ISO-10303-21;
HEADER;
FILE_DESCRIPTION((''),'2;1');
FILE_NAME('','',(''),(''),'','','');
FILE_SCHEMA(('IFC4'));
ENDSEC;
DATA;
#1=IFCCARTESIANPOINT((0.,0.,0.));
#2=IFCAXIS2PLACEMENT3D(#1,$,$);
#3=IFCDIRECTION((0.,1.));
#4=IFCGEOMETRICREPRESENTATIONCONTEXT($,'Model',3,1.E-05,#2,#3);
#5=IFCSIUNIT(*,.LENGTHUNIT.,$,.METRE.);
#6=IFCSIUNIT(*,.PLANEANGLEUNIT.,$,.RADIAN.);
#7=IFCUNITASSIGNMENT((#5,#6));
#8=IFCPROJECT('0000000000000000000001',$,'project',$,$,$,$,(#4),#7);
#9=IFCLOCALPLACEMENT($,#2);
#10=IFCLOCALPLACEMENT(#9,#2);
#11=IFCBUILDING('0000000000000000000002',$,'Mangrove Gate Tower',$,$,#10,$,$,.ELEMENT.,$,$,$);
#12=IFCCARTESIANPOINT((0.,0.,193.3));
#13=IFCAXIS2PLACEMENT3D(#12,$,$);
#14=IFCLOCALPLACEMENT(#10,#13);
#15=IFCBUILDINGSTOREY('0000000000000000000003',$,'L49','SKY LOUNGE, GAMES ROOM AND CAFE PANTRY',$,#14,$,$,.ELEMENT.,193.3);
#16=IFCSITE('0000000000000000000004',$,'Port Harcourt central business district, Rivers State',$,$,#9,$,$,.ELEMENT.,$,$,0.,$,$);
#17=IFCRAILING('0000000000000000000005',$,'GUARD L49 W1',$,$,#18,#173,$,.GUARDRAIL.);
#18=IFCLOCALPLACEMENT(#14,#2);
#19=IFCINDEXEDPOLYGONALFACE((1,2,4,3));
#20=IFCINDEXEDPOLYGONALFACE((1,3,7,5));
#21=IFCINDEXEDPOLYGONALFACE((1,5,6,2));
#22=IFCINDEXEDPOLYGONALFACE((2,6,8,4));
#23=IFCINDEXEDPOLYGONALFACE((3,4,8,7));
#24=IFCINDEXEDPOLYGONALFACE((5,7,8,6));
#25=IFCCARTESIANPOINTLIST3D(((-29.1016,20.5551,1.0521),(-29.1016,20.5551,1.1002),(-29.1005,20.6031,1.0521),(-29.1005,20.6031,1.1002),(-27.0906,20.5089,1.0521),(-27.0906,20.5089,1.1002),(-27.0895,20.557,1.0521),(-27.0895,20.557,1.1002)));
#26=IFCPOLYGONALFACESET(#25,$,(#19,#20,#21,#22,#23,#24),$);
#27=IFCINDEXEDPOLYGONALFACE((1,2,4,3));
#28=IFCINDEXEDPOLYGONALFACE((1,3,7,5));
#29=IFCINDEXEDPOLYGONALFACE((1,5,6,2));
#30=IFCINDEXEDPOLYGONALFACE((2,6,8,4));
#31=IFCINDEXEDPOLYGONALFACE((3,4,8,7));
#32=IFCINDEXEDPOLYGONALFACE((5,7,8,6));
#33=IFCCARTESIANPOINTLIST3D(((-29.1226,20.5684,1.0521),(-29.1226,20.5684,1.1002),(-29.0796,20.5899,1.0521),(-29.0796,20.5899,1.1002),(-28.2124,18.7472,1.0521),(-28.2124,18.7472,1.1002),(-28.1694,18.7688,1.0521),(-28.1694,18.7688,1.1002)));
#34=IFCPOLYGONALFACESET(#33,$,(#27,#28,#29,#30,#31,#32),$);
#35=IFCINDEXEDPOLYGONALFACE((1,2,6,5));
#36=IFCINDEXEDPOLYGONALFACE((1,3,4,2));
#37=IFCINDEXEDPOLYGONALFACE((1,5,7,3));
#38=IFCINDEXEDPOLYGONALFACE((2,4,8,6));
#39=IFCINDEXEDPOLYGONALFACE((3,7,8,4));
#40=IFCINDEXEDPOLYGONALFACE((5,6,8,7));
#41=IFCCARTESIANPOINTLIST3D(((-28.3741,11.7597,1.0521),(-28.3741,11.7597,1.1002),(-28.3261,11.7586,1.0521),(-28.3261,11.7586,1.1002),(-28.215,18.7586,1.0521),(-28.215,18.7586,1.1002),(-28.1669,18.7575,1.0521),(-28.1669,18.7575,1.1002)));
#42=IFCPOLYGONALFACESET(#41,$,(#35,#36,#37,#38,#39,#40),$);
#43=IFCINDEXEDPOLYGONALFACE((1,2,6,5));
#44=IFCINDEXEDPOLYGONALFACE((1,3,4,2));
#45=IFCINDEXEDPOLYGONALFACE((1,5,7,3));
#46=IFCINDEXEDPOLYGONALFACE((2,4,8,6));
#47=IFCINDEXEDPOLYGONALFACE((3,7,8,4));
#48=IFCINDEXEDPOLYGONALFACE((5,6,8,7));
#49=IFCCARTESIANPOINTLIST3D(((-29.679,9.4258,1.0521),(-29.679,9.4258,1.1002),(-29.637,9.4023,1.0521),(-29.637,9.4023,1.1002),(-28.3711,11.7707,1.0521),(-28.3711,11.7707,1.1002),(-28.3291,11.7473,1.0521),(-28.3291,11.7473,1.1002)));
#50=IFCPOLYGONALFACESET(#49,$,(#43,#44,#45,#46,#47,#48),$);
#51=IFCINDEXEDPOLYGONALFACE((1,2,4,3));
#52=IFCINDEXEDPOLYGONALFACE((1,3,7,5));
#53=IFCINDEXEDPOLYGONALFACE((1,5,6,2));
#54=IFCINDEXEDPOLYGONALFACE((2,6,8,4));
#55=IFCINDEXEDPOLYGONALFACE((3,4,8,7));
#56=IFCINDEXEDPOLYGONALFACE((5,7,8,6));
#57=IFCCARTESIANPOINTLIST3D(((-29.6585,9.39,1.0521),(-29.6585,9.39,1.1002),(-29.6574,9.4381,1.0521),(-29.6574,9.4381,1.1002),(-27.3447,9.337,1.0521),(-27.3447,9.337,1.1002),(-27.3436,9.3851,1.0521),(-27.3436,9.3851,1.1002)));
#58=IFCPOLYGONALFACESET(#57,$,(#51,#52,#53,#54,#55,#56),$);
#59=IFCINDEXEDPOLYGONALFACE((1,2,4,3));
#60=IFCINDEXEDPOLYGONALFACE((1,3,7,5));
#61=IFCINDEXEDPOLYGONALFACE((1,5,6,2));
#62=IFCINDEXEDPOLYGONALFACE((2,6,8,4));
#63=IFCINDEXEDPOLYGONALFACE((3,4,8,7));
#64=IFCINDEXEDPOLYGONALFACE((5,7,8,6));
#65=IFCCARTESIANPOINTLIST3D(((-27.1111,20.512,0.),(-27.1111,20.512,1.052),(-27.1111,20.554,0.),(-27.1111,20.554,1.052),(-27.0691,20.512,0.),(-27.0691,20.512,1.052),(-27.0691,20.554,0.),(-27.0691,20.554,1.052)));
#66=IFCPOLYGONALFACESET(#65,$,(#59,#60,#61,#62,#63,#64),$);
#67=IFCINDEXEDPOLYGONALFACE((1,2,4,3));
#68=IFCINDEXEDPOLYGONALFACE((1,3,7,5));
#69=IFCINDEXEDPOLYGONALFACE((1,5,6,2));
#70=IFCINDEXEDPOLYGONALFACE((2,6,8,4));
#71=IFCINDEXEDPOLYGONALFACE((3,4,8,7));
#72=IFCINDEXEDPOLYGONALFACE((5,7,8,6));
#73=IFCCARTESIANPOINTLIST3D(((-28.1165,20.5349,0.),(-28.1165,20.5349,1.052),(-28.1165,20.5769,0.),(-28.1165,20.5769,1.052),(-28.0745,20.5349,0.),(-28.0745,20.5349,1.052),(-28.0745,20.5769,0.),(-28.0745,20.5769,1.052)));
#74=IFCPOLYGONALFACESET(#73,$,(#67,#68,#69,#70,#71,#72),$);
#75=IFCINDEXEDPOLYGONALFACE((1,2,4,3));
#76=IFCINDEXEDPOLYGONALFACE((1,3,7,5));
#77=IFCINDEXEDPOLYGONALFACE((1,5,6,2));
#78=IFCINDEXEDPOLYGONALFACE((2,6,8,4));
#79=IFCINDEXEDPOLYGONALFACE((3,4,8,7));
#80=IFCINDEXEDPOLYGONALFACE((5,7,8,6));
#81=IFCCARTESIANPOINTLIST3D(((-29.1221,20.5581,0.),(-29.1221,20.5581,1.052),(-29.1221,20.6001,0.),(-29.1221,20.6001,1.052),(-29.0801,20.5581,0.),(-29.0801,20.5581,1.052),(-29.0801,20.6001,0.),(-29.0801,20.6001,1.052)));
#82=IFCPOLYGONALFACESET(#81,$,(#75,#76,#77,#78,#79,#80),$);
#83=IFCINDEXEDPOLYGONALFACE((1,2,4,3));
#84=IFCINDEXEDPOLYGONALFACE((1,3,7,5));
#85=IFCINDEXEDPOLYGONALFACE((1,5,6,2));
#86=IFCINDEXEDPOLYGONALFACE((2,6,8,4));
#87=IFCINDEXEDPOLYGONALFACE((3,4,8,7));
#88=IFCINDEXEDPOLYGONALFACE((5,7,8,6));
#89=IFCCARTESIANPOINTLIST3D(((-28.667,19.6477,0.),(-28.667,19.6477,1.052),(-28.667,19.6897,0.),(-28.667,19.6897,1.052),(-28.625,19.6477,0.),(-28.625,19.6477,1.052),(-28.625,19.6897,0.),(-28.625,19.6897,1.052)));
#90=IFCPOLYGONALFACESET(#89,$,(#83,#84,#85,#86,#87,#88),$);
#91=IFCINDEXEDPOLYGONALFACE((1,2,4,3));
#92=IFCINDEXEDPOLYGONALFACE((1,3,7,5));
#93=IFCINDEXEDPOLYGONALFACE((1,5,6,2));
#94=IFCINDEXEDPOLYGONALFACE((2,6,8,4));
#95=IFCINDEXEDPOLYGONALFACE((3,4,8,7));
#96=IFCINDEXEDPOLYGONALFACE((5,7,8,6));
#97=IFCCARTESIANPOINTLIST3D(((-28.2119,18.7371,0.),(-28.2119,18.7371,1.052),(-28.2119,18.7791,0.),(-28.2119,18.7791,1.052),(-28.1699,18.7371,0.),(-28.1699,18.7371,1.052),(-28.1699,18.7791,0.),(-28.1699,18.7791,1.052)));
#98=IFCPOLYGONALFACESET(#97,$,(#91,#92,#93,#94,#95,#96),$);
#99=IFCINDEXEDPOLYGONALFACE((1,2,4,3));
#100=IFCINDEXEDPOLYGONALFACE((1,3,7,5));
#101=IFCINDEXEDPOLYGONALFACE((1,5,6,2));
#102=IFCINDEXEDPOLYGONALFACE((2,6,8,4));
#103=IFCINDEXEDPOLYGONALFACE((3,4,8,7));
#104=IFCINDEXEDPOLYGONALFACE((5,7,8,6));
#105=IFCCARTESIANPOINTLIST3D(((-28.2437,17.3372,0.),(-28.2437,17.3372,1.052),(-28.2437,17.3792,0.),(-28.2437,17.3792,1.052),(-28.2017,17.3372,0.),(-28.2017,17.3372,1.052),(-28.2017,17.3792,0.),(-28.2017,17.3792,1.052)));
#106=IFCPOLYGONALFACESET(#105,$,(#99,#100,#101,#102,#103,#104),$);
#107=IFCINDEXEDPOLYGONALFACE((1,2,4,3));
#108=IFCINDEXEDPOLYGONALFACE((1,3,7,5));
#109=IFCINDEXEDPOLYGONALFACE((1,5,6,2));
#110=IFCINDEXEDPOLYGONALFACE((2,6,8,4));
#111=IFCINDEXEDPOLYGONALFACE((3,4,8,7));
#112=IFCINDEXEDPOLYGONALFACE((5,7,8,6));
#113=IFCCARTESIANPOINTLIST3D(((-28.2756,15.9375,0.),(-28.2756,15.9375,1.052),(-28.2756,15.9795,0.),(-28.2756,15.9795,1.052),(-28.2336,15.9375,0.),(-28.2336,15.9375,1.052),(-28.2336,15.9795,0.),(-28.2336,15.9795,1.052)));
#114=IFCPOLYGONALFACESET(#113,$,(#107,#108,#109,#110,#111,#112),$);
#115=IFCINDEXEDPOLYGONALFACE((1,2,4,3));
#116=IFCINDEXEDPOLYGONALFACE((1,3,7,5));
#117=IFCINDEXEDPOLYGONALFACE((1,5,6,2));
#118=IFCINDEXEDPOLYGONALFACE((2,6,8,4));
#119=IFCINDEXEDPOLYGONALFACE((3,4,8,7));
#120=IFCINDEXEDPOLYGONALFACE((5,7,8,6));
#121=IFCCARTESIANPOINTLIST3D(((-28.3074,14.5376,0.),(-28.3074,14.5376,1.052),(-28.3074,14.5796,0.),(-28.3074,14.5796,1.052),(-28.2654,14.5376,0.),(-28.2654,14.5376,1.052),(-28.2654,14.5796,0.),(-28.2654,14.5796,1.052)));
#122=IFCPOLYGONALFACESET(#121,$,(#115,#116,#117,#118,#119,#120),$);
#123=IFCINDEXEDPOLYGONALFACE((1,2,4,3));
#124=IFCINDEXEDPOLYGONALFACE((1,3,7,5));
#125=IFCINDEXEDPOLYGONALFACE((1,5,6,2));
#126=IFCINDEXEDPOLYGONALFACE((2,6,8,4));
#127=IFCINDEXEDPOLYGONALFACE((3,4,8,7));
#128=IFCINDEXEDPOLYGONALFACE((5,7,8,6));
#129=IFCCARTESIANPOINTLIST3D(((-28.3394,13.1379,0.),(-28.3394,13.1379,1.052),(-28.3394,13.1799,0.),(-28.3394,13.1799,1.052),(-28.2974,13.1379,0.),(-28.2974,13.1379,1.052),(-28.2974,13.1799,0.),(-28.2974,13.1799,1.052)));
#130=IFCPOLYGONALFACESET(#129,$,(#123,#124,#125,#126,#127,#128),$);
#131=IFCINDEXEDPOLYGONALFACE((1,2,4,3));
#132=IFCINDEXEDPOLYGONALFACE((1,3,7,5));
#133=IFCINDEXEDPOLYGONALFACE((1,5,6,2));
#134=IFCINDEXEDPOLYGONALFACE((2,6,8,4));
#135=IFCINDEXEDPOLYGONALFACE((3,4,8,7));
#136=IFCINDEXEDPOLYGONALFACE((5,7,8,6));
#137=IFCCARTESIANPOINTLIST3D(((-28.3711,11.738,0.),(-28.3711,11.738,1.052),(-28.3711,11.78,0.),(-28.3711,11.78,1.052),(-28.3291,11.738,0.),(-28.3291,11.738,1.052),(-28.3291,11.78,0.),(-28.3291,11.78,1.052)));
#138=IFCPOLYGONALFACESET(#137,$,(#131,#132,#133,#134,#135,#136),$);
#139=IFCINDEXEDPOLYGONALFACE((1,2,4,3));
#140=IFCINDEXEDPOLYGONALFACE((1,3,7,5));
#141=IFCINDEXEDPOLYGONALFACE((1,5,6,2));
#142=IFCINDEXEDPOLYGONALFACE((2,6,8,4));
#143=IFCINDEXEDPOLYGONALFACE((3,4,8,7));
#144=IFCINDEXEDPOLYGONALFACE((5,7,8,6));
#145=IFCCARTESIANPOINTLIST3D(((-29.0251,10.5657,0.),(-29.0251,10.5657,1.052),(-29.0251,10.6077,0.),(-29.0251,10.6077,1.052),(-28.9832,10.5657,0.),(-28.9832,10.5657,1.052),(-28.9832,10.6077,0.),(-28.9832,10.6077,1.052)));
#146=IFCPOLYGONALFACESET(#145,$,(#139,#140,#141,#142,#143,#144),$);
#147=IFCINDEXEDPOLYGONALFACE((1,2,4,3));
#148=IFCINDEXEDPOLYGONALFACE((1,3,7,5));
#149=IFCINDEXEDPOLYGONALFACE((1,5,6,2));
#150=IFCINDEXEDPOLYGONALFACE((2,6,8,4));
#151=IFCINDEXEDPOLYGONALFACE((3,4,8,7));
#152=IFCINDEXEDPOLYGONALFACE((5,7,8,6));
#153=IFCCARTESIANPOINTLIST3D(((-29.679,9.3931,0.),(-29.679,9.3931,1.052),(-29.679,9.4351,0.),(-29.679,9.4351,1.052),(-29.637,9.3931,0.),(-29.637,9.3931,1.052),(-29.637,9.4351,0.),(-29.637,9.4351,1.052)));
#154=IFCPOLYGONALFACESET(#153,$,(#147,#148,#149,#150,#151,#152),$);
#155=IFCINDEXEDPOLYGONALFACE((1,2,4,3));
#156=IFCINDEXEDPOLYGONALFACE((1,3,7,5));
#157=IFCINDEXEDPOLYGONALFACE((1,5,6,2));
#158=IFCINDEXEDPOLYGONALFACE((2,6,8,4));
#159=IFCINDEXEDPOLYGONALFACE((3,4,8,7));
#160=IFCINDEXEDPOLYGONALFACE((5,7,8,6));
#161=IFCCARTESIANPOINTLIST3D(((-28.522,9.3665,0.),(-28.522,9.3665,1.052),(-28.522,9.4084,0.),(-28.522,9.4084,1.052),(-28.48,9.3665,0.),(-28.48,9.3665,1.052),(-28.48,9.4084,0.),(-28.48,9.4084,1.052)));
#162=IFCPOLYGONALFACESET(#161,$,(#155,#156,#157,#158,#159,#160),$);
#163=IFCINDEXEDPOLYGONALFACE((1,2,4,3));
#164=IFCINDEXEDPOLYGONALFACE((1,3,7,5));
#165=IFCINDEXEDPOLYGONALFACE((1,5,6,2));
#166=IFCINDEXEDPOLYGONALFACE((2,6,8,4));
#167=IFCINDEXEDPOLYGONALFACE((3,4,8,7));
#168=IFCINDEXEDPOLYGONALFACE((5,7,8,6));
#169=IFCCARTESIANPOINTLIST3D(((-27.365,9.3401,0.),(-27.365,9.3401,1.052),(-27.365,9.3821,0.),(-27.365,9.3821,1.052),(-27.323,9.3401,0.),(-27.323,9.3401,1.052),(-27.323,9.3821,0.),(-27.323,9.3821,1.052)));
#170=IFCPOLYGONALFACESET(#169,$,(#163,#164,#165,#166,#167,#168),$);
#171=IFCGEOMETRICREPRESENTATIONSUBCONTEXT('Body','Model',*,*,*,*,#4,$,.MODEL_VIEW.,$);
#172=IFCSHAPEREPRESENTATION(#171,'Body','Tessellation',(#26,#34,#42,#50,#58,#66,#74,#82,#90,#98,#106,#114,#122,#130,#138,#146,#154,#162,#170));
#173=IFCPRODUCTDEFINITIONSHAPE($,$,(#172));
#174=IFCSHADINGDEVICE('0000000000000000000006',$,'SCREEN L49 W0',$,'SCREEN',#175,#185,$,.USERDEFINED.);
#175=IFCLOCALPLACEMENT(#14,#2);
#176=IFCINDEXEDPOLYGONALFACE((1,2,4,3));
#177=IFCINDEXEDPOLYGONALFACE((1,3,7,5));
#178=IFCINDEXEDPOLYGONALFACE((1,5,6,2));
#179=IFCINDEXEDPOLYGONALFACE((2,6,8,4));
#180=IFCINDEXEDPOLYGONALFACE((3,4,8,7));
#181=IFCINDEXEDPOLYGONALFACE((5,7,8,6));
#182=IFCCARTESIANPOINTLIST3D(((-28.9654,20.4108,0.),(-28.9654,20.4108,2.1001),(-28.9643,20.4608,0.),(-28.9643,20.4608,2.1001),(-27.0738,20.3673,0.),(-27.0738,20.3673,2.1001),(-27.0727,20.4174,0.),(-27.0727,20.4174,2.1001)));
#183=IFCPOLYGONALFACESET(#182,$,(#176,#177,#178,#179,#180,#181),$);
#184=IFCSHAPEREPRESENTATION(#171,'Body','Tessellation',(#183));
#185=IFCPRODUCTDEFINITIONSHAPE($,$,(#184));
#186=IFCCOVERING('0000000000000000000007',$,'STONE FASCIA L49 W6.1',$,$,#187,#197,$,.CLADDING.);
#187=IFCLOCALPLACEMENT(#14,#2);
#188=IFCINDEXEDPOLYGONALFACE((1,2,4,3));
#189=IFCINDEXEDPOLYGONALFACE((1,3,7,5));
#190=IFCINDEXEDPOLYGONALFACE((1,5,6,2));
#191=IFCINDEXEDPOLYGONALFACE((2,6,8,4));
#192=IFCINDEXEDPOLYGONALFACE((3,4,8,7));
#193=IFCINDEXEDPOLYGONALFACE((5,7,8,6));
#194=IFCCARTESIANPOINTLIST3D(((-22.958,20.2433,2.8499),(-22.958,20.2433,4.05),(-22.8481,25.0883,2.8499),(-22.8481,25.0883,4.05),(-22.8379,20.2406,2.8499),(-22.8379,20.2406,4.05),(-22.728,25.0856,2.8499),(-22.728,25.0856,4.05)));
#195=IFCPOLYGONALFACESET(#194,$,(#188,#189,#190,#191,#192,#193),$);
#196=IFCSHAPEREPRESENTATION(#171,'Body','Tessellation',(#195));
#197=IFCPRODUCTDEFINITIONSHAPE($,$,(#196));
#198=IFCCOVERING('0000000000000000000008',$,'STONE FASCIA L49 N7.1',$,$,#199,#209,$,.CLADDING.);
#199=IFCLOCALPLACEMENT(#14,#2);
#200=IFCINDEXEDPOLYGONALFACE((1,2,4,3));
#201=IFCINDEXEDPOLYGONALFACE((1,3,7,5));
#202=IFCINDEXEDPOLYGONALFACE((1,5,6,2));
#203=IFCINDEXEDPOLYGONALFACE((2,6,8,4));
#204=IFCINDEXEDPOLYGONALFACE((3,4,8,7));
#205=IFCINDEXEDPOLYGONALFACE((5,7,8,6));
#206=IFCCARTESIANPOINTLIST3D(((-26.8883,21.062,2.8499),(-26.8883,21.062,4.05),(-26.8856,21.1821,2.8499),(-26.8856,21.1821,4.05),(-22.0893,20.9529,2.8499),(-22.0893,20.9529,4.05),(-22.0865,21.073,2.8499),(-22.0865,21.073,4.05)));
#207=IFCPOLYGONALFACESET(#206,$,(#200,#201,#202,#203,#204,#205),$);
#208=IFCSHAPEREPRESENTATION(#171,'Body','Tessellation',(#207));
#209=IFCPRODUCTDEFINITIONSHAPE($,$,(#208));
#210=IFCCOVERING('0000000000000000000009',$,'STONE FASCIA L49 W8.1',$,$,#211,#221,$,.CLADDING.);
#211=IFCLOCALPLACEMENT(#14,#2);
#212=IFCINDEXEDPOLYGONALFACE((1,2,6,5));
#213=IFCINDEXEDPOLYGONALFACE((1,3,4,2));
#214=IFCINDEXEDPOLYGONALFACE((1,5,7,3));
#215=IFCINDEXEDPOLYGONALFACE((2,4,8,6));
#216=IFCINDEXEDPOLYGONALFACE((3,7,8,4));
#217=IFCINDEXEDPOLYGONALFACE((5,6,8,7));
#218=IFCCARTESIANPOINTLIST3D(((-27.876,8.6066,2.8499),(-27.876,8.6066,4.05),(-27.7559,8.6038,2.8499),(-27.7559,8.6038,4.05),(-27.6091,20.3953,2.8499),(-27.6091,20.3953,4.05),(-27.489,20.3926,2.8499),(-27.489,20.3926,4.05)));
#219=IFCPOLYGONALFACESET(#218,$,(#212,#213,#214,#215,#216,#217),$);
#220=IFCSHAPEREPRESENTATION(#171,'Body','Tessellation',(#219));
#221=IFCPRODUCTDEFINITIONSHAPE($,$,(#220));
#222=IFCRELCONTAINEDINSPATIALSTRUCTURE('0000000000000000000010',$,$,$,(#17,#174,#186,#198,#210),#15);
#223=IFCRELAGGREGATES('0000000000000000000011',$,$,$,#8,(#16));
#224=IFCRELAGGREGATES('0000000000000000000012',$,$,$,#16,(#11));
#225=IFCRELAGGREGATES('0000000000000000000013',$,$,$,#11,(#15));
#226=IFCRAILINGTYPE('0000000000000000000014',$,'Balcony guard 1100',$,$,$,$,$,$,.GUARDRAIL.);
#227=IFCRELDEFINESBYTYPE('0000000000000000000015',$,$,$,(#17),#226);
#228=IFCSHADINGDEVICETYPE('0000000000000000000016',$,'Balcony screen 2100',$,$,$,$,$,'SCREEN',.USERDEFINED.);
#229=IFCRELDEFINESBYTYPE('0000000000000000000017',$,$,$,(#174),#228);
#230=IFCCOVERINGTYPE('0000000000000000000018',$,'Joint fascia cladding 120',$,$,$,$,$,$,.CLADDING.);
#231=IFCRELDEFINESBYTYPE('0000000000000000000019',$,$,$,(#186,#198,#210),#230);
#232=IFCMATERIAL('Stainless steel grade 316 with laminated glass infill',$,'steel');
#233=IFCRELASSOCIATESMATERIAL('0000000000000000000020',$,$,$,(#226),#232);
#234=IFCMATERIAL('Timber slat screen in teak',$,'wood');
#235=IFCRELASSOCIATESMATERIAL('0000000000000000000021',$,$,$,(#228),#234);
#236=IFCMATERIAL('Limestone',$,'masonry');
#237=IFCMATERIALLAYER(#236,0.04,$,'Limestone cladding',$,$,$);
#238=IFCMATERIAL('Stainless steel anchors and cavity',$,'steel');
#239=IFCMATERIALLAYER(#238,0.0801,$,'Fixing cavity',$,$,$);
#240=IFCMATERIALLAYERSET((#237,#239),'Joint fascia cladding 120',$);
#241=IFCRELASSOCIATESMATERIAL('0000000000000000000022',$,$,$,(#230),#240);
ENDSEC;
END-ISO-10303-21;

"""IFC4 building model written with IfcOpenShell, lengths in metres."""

from ifc_helpers import new_model, si_unit, direction, frame, frame_2d, origin, origin_2d, place, context, subcontext, project, spatial, rectangle, extrude, material, layer, layer_set, type_object, element, save


model = new_model("IFC4")

# Units and contexts
model_context = context("Model", 3, precision=1e-05, world=origin(), true_north=direction((0.0, 1.0)))
body_context = subcontext(model_context, "Body", "Model", "MODEL_VIEW")
ifc_project = project(units=[si_unit("LENGTHUNIT", "METRE"), si_unit("PLANEANGLEUNIT", "RADIAN")], contexts=[model_context])

# Site, building, storey
site_placement = place(None, origin())
site = spatial("IfcSite", under=ifc_project, at=site_placement, Name="Port Harcourt central business district, Rivers State", CompositionType="ELEMENT", RefElevation=0.0)
building_placement = place(site_placement, origin())
building = spatial("IfcBuilding", under=site, at=building_placement, Name="Mangrove Gate Tower", CompositionType="ELEMENT")
storey_placement = place(building_placement, frame((0.0, 0.0, 193.3)))
storey = spatial("IfcBuildingStorey", under=building, at=storey_placement, Name="L49", Description="SKY LOUNGE, GAMES ROOM AND CAFE PANTRY", CompositionType="ELEMENT", Elevation=193.3)

# Shared definitions
ifc_material_1 = material(Name="Limestone", Category="masonry")

# Railing
ifc_material_2 = material(Name="Stainless steel grade 316 with laminated glass infill", Category="steel")
railing_type = type_object("IfcRailingType", Name="Balcony guard 1100", PredefinedType="GUARDRAIL", material=ifc_material_2)
railing_placement = place(storey_placement, frame((-27.0901, 20.533, 0.0)))
element("IfcRailing", 1, at=railing_placement, inside=storey, type_object=railing_type, Name="GUARD L49 W1", PredefinedType="GUARDRAIL", context=body_context, shape_type="SweptSolid", body=[
    extrude(rectangle(XDim=0.0481, YDim=0.0481, at=origin_2d()), frame((0.0, 0.0, 1.0762), z_axis=(-0.999737, 0.022939, 0.0), x_axis=(-0.022939, -0.999737, 0.0)), (0.0, 0.0, 1.0), 2.0115),
    extrude(rectangle(XDim=0.0481, YDim=0.0481, at=origin_2d()), frame((-2.011, 0.0461, 1.0762), z_axis=(0.44707, -0.894499, 0.0), x_axis=(0.894499, 0.44707, 0.0)), (0.0, 0.0, 1.0), 2.0359),
    extrude(rectangle(XDim=0.0481, YDim=0.0481, at=origin_2d()), frame((-1.1008, -1.7749, 1.0762), z_axis=(-0.022737, -0.999741, 0.0), x_axis=(0.999741, -0.022737, 0.0)), (0.0, 0.0, 1.0), 7.0007),
    extrude(rectangle(XDim=0.0481, YDim=0.0481, at=origin_2d()), frame((-1.26, -8.7739, 1.0762), z_axis=(-0.487094, -0.87335, 0.0), x_axis=(0.87335, -0.487094, 0.0)), (0.0, 0.0, 1.0), 2.6851),
    extrude(rectangle(XDim=0.0481, YDim=0.0481, at=origin_2d()), frame((-2.5679, -11.1189, 1.0762), z_axis=(0.999738, -0.022889, 0.0), x_axis=(0.022889, 0.999738, 0.0)), (0.0, 0.0, 1.0), 2.3145),
    extrude(rectangle(XDim=0.042, YDim=0.042, at=origin_2d()), origin(), (0.0, 0.0, 1.0), 1.052),
    extrude(rectangle(XDim=0.042, YDim=0.042, at=origin_2d()), frame((-1.0054, 0.0229, 0.0)), (0.0, 0.0, 1.0), 1.052),
    extrude(rectangle(XDim=0.042, YDim=0.042, at=origin_2d()), frame((-2.011, 0.0461, 0.0)), (0.0, 0.0, 1.0), 1.052),
    extrude(rectangle(XDim=0.042, YDim=0.042, at=origin_2d()), frame((-1.5559, -0.8643, 0.0)), (0.0, 0.0, 1.0), 1.052),
    extrude(rectangle(XDim=0.042, YDim=0.042, at=origin_2d()), frame((-1.1008, -1.7749, 0.0)), (0.0, 0.0, 1.0), 1.052),
    extrude(rectangle(XDim=0.042, YDim=0.042, at=origin_2d()), frame((-1.1326, -3.1748, 0.0)), (0.0, 0.0, 1.0), 1.052),
    extrude(rectangle(XDim=0.042, YDim=0.042, at=origin_2d()), frame((-1.1646, -4.5745, 0.0)), (0.0, 0.0, 1.0), 1.052),
    extrude(rectangle(XDim=0.042, YDim=0.042, at=origin_2d()), frame((-1.1963, -5.9744, 0.0)), (0.0, 0.0, 1.0), 1.052),
    extrude(rectangle(XDim=0.042, YDim=0.042, at=origin_2d()), frame((-1.2283, -7.374, 0.0)), (0.0, 0.0, 1.0), 1.052),
    extrude(rectangle(XDim=0.042, YDim=0.042, at=origin_2d()), frame((-1.26, -8.7739, 0.0)), (0.0, 0.0, 1.0), 1.052),
    extrude(rectangle(XDim=0.042, YDim=0.042, at=origin_2d()), frame((-1.9141, -9.9463, 0.0)), (0.0, 0.0, 1.0), 1.052),
    extrude(rectangle(XDim=0.042, YDim=0.042, at=origin_2d()), frame((-2.5679, -11.1189, 0.0)), (0.0, 0.0, 1.0), 1.052),
    extrude(rectangle(XDim=0.042, YDim=0.042, at=origin_2d()), frame((-1.4109, -11.1455, 0.0)), (0.0, 0.0, 1.0), 1.052),
    extrude(rectangle(XDim=0.042, YDim=0.042, at=origin_2d()), frame((-0.2539, -11.1719, 0.0)), (0.0, 0.0, 1.0), 1.052),
])

# Shading device
ifc_material_3 = material(Name="Timber slat screen in teak", Category="wood")
shading_device_type = type_object("IfcShadingDeviceType", Name="Balcony screen 2100", ElementType="SCREEN", PredefinedType="USERDEFINED", material=ifc_material_3)
shading_device_placement = place(storey_placement, frame((-28.019, 20.4141, 0.0), z_axis=(0.0, 0.0, 1.0), x_axis=(-0.999737, 0.022949, 0.0)))
element("IfcShadingDevice", 2, at=shading_device_placement, inside=storey, type_object=shading_device_type, Name="SCREEN L49 W0", ObjectType="SCREEN", PredefinedType="USERDEFINED", context=body_context, shape_type="SweptSolid", body=[
    extrude(rectangle(XDim=1.8921, YDim=0.05, at=origin_2d()), origin(), (0.0, 0.0, 1.0), 2.1001),
])

# Coverings
ifc_layer_1 = layer(ifc_material_1, 0.04, Name="Limestone cladding")
ifc_material_4 = material(Name="Stainless steel anchors and cavity", Category="steel")
ifc_layer_2 = layer(ifc_material_4, 0.0801, Name="Fixing cavity")
ifc_layer_set_1 = layer_set([ifc_layer_1, ifc_layer_2], Name="Joint fascia cladding 120")
covering_type = type_object("IfcCoveringType", Name="Joint fascia cladding 120", PredefinedType="CLADDING", material=ifc_layer_set_1)
covering_1_placement = place(storey_placement, frame((-22.7881, 25.0869, 2.8499), z_axis=(0.0, 0.0, 1.0), x_axis=(-0.02267, -0.999743, 0.0)))
element("IfcCovering", 3, at=covering_1_placement, inside=storey, type_object=covering_type, Name="STONE FASCIA L49 W6.1", PredefinedType="CLADDING", context=body_context, shape_type="SweptSolid", body=[
    extrude(rectangle(XDim=4.8462, YDim=0.1201, at=frame_2d((2.4231, 0.0))), origin(), (0.0, 0.0, 1.0), 1.2002),
])
covering_2_placement = place(storey_placement, frame((-22.0879, 21.0129, 2.8499), z_axis=(0.0, 0.0, 1.0), x_axis=(-0.999742, 0.022734, 0.0)))
element("IfcCovering", 4, at=covering_2_placement, inside=storey, type_object=covering_type, Name="STONE FASCIA L49 N7.1", PredefinedType="CLADDING", context=body_context, shape_type="SweptSolid", body=[
    extrude(rectangle(XDim=4.8003, YDim=0.1201, at=frame_2d((2.4001, 0.0))), origin(), (0.0, 0.0, 1.0), 1.2002),
])
covering_3_placement = place(storey_placement, frame((-27.5491, 20.394, 2.8499), z_axis=(0.0, 0.0, 1.0), x_axis=(-0.02263, -0.999744, 0.0)))
element("IfcCovering", 5, at=covering_3_placement, inside=storey, type_object=covering_type, Name="STONE FASCIA L49 W8.1", PredefinedType="CLADDING", context=body_context, shape_type="SweptSolid", body=[
    extrude(rectangle(XDim=11.7917, YDim=0.1201, at=frame_2d((5.896, 0.0))), origin(), (0.0, 0.0, 1.0), 1.2002),
])

save(model, "model.ifc")
